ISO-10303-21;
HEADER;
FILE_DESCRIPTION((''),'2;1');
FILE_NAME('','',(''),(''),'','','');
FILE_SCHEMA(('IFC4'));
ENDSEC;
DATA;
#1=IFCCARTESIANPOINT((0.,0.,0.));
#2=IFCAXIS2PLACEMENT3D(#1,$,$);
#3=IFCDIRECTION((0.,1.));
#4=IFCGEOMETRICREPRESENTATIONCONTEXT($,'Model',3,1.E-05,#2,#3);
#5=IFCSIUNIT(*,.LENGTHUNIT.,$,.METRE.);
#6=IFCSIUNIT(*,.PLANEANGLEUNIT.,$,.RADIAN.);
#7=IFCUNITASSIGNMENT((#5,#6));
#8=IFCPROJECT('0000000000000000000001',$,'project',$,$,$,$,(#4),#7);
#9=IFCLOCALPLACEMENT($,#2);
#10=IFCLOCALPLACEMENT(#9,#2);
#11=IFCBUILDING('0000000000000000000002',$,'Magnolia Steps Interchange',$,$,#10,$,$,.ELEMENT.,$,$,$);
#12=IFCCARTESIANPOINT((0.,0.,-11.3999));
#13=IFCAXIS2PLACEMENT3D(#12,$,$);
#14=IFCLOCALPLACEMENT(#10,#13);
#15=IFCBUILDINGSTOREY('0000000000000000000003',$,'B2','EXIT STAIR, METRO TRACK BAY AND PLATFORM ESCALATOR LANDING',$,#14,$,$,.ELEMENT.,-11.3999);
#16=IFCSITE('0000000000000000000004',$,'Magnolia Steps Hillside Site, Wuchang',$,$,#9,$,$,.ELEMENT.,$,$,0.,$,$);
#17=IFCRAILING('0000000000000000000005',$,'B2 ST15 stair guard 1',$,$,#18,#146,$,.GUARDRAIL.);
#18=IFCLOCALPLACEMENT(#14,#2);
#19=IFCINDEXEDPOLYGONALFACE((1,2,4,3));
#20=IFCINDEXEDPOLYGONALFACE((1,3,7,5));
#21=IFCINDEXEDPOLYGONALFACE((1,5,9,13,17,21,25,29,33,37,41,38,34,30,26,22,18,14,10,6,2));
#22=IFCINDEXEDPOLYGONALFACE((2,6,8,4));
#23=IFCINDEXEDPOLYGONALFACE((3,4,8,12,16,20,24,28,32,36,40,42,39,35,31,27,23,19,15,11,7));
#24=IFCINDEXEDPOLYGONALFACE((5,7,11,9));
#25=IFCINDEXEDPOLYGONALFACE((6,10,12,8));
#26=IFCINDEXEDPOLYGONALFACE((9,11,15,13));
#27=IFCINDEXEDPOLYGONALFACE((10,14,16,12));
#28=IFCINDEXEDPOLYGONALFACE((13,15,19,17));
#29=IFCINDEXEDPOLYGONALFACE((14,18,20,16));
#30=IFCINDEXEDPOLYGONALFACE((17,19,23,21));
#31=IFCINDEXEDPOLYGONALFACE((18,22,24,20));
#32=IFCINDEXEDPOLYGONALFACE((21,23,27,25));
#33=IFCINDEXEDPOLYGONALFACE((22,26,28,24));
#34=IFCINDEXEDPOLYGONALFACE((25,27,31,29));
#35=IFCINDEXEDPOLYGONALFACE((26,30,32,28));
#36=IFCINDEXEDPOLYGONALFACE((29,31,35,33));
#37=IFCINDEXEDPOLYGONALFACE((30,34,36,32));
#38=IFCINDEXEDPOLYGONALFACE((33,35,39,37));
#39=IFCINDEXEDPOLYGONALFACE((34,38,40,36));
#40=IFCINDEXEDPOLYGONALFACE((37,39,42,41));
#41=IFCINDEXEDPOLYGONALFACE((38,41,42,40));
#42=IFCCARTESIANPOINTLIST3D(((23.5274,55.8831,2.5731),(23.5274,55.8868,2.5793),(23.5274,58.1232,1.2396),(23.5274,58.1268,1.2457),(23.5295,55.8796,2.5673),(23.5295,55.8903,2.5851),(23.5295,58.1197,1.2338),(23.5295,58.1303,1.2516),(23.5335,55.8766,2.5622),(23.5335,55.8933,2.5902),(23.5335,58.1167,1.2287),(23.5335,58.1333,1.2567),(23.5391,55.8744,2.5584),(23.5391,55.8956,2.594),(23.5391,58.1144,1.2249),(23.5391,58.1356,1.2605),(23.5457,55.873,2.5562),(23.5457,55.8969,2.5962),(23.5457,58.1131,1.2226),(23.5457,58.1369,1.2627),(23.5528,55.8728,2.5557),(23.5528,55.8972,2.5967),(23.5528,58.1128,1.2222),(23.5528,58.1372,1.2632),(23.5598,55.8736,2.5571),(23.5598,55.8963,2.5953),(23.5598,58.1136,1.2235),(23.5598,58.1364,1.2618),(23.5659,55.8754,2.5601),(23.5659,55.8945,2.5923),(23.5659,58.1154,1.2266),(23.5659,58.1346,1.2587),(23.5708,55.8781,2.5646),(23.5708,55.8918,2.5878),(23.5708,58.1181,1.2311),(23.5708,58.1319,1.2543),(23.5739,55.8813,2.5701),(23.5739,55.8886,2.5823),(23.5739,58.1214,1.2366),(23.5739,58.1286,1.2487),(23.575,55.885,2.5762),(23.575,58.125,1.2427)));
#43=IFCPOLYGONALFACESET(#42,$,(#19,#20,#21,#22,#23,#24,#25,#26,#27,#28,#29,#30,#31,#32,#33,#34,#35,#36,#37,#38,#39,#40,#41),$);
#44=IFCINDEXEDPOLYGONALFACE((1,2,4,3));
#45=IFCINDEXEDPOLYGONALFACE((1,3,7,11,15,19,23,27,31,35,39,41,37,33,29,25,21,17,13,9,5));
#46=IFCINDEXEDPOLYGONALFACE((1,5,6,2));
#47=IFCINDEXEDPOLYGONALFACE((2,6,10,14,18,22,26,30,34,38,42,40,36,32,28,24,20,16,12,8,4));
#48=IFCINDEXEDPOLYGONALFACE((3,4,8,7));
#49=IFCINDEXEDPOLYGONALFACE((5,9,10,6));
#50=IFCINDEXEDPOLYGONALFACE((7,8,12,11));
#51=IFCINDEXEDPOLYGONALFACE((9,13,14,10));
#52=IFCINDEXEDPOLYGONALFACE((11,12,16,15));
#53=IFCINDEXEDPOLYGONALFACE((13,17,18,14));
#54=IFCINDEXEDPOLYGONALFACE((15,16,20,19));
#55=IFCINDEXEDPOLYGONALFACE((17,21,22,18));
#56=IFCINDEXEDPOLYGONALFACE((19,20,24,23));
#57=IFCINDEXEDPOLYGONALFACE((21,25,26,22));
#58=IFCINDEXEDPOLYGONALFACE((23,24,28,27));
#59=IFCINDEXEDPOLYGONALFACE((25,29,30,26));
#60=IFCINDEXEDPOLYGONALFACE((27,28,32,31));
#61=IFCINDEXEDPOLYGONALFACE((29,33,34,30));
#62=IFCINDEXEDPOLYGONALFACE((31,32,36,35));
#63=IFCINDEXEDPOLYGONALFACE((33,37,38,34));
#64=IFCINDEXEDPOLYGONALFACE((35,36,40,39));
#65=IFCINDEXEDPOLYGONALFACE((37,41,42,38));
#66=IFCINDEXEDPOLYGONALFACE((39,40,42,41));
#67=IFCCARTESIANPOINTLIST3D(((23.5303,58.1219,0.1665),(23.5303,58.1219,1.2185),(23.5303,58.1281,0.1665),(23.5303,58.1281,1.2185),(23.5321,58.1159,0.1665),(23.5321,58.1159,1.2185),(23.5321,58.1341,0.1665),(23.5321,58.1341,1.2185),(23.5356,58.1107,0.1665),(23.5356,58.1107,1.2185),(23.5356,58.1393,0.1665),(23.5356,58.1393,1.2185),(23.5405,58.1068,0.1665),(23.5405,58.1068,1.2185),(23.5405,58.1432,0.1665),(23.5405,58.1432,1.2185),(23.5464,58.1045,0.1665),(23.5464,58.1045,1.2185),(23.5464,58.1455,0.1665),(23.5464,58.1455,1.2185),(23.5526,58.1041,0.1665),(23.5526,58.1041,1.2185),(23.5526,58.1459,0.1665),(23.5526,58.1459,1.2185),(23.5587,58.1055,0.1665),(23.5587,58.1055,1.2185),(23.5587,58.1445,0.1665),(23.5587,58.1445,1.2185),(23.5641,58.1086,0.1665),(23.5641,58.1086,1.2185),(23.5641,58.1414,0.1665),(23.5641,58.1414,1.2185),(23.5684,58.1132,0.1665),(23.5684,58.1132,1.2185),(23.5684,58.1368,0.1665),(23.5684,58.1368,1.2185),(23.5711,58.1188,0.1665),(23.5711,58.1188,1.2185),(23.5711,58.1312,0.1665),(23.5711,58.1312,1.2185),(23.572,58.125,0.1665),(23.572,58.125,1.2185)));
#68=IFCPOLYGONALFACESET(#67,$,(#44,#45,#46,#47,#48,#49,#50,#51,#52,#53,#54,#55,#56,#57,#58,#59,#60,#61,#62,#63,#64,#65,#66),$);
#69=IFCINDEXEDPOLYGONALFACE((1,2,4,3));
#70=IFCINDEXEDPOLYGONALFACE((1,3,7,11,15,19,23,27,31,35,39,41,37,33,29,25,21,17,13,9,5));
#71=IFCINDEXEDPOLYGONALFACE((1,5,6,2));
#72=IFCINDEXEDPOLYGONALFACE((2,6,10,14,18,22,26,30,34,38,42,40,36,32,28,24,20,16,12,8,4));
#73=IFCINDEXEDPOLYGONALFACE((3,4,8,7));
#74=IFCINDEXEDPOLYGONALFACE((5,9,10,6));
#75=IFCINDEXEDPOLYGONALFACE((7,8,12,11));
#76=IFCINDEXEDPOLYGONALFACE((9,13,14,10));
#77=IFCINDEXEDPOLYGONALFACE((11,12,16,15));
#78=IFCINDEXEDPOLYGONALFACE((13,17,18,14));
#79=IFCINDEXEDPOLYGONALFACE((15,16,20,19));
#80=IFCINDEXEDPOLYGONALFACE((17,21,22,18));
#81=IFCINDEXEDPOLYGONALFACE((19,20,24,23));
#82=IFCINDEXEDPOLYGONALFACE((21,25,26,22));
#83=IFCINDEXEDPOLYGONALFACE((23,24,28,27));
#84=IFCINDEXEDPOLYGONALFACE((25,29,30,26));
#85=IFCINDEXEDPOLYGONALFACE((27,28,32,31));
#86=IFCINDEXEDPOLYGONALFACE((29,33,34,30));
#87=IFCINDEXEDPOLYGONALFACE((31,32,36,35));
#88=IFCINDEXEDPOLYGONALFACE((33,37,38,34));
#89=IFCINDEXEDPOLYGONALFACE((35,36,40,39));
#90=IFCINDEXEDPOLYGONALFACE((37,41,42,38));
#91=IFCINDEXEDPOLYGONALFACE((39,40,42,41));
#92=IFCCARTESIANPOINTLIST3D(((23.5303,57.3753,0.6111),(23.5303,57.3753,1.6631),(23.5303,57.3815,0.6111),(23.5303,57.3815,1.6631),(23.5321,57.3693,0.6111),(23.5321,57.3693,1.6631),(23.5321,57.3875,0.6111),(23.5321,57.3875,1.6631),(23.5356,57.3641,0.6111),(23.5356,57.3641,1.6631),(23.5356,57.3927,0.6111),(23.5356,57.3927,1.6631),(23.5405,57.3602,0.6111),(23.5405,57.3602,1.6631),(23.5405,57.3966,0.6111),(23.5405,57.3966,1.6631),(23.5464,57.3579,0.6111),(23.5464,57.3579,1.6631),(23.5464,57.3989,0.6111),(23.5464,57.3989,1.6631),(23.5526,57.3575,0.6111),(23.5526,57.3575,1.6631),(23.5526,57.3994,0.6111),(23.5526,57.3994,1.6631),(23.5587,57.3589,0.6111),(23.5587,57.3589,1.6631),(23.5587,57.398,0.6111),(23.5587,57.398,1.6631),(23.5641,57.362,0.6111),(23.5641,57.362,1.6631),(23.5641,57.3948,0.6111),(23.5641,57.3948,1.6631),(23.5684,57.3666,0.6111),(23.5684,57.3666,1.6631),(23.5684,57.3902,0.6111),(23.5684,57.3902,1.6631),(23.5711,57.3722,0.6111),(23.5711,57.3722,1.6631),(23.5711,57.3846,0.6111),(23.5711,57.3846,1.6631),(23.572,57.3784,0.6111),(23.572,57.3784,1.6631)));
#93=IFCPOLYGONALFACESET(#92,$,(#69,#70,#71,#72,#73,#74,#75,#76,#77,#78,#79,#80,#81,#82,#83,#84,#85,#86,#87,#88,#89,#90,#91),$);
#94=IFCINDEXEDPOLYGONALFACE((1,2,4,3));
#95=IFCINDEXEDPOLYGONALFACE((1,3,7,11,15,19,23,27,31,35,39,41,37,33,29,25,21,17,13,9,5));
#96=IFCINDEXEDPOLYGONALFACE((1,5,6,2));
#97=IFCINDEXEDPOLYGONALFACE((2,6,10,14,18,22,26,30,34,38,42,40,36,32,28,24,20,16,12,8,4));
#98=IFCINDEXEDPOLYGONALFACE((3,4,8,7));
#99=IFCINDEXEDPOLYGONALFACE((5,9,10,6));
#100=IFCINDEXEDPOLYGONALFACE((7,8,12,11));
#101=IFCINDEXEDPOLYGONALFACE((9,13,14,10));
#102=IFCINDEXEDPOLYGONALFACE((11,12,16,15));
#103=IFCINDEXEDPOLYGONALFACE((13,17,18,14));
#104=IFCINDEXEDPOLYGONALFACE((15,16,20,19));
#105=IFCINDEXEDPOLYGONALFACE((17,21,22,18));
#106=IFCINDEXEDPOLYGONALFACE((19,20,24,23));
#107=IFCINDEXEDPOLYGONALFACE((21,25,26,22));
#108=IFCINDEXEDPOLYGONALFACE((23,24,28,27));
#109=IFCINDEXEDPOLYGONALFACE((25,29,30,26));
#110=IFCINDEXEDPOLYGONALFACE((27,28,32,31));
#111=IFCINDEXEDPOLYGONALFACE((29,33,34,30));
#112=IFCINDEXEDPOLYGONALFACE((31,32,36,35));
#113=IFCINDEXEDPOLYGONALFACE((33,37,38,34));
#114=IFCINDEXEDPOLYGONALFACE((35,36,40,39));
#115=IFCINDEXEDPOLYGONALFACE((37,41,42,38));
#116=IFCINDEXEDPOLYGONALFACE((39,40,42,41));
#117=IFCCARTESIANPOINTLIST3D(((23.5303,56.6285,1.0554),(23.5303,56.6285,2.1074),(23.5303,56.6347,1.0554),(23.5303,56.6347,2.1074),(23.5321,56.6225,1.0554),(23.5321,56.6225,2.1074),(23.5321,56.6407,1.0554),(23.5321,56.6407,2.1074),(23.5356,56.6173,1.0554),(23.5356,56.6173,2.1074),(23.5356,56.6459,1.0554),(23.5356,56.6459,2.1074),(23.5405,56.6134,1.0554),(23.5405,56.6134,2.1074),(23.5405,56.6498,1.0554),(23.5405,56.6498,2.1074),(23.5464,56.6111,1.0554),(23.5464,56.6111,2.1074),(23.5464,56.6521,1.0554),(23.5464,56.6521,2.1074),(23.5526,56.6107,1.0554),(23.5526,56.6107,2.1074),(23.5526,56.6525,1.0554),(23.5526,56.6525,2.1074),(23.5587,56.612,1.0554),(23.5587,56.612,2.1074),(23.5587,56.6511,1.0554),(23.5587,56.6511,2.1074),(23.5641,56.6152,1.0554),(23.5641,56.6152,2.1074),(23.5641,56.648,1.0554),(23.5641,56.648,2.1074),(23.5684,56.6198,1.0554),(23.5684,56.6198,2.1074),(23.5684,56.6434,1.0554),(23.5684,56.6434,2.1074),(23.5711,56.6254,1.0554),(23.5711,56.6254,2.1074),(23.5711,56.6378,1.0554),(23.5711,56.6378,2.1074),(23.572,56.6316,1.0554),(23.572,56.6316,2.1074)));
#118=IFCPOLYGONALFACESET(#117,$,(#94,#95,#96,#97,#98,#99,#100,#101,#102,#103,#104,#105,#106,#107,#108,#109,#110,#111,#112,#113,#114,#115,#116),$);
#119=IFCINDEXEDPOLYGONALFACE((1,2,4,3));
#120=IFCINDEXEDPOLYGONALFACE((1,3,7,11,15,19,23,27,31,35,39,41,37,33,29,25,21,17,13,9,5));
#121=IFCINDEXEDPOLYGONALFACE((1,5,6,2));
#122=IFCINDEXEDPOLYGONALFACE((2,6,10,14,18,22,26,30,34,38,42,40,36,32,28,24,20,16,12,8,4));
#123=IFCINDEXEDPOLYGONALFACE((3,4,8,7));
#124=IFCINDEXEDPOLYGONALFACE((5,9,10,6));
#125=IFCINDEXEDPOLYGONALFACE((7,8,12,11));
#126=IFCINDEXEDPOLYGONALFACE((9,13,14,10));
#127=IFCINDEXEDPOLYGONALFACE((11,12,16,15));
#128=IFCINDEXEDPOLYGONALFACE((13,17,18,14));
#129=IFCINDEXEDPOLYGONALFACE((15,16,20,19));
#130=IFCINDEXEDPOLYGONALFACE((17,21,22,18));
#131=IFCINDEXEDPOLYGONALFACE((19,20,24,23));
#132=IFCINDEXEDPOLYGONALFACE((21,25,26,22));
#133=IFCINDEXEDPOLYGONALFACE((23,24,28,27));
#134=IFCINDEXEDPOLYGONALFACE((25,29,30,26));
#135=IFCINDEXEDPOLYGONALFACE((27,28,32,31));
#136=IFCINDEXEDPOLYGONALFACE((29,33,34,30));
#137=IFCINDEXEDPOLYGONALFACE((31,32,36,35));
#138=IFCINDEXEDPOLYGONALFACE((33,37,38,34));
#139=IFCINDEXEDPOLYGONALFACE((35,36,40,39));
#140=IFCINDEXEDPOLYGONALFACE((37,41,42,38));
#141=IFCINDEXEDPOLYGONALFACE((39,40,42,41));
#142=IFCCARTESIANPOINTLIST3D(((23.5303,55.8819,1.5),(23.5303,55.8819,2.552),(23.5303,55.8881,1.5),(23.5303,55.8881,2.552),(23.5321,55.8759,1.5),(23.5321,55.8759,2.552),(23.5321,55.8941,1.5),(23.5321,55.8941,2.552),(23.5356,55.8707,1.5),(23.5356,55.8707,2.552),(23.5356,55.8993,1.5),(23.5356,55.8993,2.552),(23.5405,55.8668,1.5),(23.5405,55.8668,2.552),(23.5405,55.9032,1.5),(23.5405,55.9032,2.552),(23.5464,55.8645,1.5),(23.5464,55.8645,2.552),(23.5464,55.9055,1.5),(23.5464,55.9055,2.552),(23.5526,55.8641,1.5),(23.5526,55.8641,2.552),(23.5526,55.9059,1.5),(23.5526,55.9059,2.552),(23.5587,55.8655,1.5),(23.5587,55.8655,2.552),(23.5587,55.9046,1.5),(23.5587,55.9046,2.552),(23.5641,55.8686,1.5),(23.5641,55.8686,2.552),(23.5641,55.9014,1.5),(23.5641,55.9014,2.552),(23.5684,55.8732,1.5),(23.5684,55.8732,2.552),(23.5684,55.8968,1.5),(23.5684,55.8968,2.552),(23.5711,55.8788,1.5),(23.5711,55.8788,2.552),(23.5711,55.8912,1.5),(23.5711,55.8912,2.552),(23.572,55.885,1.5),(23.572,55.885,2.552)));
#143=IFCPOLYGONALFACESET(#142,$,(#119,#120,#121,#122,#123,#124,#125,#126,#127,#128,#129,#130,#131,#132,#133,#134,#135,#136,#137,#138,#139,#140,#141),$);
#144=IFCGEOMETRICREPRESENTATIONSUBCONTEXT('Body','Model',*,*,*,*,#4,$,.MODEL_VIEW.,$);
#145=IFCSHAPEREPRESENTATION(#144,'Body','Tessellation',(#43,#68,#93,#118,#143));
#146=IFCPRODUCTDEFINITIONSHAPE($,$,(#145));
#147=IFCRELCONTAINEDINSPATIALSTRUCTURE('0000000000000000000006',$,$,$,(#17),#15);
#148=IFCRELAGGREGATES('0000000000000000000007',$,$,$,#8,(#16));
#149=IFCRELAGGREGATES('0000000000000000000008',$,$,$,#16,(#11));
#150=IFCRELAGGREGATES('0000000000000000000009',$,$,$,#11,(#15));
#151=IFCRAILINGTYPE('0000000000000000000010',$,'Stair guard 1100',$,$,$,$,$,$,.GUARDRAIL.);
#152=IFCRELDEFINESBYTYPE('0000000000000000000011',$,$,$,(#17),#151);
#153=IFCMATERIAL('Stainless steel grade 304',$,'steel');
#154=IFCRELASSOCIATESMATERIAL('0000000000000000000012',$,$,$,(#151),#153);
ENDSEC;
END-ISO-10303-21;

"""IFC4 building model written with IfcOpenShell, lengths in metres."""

from ifc_helpers import new_model, si_unit, direction, frame, origin, origin_2d, place, context, subcontext, project, spatial, circle, extrude, material, type_object, element, save


model = new_model("IFC4")

# Units and contexts
model_context = context("Model", 3, precision=1e-05, world=origin(), true_north=direction((0.0, 1.0)))
body_context = subcontext(model_context, "Body", "Model", "MODEL_VIEW")
ifc_project = project(units=[si_unit("LENGTHUNIT", "METRE"), si_unit("PLANEANGLEUNIT", "RADIAN")], contexts=[model_context])

# Site, building, storey
site_placement = place(None, origin())
site = spatial("IfcSite", under=ifc_project, at=site_placement, Name="Magnolia Steps Hillside Site, Wuchang", CompositionType="ELEMENT", RefElevation=0.0)
building_placement = place(site_placement, origin())
building = spatial("IfcBuilding", under=site, at=building_placement, Name="Magnolia Steps Interchange", CompositionType="ELEMENT")
storey_placement = place(building_placement, frame((0.0, 0.0, -11.3999)))
storey = spatial("IfcBuildingStorey", under=building, at=storey_placement, Name="B2", Description="EXIT STAIR, METRO TRACK BAY AND PLATFORM ESCALATOR LANDING", CompositionType="ELEMENT", Elevation=-11.3999)

# Railing
ifc_material_1 = material(Name="Stainless steel grade 304", Category="steel")
railing_type_1 = type_object("IfcRailingType", Name="Stair guard 1100", PredefinedType="GUARDRAIL", material=ifc_material_1)
railing_1_placement = place(storey_placement, frame((23.551, 58.125, 0.1665)))
element("IfcRailing", 1, at=railing_1_placement, inside=storey, type_object=railing_type_1, Name="B2 ST15 stair guard 1", PredefinedType="GUARDRAIL", context=body_context, shape_type="SweptSolid", body=[
    extrude(circle(Radius=0.0239, at=origin_2d()), frame((0.0, 0.0, 1.0762), z_axis=(0.0, -0.859264, 0.511532), x_axis=(1.0, 0.0, 0.0)), (0.0, 0.0, 1.0), 2.6069),
    extrude(circle(Radius=0.021, at=origin_2d()), origin(), (0.0, 0.0, 1.0), 1.052),
    extrude(circle(Radius=0.021, at=origin_2d()), frame((0.0, -0.7466, 0.4446)), (0.0, 0.0, 1.0), 1.052),
    extrude(circle(Radius=0.021, at=origin_2d()), frame((0.0, -1.4934, 0.8889)), (0.0, 0.0, 1.0), 1.052),
    extrude(circle(Radius=0.021, at=origin_2d()), frame((0.0, -2.24, 1.3335)), (0.0, 0.0, 1.0), 1.052),
])

save(model, "model.ifc")
